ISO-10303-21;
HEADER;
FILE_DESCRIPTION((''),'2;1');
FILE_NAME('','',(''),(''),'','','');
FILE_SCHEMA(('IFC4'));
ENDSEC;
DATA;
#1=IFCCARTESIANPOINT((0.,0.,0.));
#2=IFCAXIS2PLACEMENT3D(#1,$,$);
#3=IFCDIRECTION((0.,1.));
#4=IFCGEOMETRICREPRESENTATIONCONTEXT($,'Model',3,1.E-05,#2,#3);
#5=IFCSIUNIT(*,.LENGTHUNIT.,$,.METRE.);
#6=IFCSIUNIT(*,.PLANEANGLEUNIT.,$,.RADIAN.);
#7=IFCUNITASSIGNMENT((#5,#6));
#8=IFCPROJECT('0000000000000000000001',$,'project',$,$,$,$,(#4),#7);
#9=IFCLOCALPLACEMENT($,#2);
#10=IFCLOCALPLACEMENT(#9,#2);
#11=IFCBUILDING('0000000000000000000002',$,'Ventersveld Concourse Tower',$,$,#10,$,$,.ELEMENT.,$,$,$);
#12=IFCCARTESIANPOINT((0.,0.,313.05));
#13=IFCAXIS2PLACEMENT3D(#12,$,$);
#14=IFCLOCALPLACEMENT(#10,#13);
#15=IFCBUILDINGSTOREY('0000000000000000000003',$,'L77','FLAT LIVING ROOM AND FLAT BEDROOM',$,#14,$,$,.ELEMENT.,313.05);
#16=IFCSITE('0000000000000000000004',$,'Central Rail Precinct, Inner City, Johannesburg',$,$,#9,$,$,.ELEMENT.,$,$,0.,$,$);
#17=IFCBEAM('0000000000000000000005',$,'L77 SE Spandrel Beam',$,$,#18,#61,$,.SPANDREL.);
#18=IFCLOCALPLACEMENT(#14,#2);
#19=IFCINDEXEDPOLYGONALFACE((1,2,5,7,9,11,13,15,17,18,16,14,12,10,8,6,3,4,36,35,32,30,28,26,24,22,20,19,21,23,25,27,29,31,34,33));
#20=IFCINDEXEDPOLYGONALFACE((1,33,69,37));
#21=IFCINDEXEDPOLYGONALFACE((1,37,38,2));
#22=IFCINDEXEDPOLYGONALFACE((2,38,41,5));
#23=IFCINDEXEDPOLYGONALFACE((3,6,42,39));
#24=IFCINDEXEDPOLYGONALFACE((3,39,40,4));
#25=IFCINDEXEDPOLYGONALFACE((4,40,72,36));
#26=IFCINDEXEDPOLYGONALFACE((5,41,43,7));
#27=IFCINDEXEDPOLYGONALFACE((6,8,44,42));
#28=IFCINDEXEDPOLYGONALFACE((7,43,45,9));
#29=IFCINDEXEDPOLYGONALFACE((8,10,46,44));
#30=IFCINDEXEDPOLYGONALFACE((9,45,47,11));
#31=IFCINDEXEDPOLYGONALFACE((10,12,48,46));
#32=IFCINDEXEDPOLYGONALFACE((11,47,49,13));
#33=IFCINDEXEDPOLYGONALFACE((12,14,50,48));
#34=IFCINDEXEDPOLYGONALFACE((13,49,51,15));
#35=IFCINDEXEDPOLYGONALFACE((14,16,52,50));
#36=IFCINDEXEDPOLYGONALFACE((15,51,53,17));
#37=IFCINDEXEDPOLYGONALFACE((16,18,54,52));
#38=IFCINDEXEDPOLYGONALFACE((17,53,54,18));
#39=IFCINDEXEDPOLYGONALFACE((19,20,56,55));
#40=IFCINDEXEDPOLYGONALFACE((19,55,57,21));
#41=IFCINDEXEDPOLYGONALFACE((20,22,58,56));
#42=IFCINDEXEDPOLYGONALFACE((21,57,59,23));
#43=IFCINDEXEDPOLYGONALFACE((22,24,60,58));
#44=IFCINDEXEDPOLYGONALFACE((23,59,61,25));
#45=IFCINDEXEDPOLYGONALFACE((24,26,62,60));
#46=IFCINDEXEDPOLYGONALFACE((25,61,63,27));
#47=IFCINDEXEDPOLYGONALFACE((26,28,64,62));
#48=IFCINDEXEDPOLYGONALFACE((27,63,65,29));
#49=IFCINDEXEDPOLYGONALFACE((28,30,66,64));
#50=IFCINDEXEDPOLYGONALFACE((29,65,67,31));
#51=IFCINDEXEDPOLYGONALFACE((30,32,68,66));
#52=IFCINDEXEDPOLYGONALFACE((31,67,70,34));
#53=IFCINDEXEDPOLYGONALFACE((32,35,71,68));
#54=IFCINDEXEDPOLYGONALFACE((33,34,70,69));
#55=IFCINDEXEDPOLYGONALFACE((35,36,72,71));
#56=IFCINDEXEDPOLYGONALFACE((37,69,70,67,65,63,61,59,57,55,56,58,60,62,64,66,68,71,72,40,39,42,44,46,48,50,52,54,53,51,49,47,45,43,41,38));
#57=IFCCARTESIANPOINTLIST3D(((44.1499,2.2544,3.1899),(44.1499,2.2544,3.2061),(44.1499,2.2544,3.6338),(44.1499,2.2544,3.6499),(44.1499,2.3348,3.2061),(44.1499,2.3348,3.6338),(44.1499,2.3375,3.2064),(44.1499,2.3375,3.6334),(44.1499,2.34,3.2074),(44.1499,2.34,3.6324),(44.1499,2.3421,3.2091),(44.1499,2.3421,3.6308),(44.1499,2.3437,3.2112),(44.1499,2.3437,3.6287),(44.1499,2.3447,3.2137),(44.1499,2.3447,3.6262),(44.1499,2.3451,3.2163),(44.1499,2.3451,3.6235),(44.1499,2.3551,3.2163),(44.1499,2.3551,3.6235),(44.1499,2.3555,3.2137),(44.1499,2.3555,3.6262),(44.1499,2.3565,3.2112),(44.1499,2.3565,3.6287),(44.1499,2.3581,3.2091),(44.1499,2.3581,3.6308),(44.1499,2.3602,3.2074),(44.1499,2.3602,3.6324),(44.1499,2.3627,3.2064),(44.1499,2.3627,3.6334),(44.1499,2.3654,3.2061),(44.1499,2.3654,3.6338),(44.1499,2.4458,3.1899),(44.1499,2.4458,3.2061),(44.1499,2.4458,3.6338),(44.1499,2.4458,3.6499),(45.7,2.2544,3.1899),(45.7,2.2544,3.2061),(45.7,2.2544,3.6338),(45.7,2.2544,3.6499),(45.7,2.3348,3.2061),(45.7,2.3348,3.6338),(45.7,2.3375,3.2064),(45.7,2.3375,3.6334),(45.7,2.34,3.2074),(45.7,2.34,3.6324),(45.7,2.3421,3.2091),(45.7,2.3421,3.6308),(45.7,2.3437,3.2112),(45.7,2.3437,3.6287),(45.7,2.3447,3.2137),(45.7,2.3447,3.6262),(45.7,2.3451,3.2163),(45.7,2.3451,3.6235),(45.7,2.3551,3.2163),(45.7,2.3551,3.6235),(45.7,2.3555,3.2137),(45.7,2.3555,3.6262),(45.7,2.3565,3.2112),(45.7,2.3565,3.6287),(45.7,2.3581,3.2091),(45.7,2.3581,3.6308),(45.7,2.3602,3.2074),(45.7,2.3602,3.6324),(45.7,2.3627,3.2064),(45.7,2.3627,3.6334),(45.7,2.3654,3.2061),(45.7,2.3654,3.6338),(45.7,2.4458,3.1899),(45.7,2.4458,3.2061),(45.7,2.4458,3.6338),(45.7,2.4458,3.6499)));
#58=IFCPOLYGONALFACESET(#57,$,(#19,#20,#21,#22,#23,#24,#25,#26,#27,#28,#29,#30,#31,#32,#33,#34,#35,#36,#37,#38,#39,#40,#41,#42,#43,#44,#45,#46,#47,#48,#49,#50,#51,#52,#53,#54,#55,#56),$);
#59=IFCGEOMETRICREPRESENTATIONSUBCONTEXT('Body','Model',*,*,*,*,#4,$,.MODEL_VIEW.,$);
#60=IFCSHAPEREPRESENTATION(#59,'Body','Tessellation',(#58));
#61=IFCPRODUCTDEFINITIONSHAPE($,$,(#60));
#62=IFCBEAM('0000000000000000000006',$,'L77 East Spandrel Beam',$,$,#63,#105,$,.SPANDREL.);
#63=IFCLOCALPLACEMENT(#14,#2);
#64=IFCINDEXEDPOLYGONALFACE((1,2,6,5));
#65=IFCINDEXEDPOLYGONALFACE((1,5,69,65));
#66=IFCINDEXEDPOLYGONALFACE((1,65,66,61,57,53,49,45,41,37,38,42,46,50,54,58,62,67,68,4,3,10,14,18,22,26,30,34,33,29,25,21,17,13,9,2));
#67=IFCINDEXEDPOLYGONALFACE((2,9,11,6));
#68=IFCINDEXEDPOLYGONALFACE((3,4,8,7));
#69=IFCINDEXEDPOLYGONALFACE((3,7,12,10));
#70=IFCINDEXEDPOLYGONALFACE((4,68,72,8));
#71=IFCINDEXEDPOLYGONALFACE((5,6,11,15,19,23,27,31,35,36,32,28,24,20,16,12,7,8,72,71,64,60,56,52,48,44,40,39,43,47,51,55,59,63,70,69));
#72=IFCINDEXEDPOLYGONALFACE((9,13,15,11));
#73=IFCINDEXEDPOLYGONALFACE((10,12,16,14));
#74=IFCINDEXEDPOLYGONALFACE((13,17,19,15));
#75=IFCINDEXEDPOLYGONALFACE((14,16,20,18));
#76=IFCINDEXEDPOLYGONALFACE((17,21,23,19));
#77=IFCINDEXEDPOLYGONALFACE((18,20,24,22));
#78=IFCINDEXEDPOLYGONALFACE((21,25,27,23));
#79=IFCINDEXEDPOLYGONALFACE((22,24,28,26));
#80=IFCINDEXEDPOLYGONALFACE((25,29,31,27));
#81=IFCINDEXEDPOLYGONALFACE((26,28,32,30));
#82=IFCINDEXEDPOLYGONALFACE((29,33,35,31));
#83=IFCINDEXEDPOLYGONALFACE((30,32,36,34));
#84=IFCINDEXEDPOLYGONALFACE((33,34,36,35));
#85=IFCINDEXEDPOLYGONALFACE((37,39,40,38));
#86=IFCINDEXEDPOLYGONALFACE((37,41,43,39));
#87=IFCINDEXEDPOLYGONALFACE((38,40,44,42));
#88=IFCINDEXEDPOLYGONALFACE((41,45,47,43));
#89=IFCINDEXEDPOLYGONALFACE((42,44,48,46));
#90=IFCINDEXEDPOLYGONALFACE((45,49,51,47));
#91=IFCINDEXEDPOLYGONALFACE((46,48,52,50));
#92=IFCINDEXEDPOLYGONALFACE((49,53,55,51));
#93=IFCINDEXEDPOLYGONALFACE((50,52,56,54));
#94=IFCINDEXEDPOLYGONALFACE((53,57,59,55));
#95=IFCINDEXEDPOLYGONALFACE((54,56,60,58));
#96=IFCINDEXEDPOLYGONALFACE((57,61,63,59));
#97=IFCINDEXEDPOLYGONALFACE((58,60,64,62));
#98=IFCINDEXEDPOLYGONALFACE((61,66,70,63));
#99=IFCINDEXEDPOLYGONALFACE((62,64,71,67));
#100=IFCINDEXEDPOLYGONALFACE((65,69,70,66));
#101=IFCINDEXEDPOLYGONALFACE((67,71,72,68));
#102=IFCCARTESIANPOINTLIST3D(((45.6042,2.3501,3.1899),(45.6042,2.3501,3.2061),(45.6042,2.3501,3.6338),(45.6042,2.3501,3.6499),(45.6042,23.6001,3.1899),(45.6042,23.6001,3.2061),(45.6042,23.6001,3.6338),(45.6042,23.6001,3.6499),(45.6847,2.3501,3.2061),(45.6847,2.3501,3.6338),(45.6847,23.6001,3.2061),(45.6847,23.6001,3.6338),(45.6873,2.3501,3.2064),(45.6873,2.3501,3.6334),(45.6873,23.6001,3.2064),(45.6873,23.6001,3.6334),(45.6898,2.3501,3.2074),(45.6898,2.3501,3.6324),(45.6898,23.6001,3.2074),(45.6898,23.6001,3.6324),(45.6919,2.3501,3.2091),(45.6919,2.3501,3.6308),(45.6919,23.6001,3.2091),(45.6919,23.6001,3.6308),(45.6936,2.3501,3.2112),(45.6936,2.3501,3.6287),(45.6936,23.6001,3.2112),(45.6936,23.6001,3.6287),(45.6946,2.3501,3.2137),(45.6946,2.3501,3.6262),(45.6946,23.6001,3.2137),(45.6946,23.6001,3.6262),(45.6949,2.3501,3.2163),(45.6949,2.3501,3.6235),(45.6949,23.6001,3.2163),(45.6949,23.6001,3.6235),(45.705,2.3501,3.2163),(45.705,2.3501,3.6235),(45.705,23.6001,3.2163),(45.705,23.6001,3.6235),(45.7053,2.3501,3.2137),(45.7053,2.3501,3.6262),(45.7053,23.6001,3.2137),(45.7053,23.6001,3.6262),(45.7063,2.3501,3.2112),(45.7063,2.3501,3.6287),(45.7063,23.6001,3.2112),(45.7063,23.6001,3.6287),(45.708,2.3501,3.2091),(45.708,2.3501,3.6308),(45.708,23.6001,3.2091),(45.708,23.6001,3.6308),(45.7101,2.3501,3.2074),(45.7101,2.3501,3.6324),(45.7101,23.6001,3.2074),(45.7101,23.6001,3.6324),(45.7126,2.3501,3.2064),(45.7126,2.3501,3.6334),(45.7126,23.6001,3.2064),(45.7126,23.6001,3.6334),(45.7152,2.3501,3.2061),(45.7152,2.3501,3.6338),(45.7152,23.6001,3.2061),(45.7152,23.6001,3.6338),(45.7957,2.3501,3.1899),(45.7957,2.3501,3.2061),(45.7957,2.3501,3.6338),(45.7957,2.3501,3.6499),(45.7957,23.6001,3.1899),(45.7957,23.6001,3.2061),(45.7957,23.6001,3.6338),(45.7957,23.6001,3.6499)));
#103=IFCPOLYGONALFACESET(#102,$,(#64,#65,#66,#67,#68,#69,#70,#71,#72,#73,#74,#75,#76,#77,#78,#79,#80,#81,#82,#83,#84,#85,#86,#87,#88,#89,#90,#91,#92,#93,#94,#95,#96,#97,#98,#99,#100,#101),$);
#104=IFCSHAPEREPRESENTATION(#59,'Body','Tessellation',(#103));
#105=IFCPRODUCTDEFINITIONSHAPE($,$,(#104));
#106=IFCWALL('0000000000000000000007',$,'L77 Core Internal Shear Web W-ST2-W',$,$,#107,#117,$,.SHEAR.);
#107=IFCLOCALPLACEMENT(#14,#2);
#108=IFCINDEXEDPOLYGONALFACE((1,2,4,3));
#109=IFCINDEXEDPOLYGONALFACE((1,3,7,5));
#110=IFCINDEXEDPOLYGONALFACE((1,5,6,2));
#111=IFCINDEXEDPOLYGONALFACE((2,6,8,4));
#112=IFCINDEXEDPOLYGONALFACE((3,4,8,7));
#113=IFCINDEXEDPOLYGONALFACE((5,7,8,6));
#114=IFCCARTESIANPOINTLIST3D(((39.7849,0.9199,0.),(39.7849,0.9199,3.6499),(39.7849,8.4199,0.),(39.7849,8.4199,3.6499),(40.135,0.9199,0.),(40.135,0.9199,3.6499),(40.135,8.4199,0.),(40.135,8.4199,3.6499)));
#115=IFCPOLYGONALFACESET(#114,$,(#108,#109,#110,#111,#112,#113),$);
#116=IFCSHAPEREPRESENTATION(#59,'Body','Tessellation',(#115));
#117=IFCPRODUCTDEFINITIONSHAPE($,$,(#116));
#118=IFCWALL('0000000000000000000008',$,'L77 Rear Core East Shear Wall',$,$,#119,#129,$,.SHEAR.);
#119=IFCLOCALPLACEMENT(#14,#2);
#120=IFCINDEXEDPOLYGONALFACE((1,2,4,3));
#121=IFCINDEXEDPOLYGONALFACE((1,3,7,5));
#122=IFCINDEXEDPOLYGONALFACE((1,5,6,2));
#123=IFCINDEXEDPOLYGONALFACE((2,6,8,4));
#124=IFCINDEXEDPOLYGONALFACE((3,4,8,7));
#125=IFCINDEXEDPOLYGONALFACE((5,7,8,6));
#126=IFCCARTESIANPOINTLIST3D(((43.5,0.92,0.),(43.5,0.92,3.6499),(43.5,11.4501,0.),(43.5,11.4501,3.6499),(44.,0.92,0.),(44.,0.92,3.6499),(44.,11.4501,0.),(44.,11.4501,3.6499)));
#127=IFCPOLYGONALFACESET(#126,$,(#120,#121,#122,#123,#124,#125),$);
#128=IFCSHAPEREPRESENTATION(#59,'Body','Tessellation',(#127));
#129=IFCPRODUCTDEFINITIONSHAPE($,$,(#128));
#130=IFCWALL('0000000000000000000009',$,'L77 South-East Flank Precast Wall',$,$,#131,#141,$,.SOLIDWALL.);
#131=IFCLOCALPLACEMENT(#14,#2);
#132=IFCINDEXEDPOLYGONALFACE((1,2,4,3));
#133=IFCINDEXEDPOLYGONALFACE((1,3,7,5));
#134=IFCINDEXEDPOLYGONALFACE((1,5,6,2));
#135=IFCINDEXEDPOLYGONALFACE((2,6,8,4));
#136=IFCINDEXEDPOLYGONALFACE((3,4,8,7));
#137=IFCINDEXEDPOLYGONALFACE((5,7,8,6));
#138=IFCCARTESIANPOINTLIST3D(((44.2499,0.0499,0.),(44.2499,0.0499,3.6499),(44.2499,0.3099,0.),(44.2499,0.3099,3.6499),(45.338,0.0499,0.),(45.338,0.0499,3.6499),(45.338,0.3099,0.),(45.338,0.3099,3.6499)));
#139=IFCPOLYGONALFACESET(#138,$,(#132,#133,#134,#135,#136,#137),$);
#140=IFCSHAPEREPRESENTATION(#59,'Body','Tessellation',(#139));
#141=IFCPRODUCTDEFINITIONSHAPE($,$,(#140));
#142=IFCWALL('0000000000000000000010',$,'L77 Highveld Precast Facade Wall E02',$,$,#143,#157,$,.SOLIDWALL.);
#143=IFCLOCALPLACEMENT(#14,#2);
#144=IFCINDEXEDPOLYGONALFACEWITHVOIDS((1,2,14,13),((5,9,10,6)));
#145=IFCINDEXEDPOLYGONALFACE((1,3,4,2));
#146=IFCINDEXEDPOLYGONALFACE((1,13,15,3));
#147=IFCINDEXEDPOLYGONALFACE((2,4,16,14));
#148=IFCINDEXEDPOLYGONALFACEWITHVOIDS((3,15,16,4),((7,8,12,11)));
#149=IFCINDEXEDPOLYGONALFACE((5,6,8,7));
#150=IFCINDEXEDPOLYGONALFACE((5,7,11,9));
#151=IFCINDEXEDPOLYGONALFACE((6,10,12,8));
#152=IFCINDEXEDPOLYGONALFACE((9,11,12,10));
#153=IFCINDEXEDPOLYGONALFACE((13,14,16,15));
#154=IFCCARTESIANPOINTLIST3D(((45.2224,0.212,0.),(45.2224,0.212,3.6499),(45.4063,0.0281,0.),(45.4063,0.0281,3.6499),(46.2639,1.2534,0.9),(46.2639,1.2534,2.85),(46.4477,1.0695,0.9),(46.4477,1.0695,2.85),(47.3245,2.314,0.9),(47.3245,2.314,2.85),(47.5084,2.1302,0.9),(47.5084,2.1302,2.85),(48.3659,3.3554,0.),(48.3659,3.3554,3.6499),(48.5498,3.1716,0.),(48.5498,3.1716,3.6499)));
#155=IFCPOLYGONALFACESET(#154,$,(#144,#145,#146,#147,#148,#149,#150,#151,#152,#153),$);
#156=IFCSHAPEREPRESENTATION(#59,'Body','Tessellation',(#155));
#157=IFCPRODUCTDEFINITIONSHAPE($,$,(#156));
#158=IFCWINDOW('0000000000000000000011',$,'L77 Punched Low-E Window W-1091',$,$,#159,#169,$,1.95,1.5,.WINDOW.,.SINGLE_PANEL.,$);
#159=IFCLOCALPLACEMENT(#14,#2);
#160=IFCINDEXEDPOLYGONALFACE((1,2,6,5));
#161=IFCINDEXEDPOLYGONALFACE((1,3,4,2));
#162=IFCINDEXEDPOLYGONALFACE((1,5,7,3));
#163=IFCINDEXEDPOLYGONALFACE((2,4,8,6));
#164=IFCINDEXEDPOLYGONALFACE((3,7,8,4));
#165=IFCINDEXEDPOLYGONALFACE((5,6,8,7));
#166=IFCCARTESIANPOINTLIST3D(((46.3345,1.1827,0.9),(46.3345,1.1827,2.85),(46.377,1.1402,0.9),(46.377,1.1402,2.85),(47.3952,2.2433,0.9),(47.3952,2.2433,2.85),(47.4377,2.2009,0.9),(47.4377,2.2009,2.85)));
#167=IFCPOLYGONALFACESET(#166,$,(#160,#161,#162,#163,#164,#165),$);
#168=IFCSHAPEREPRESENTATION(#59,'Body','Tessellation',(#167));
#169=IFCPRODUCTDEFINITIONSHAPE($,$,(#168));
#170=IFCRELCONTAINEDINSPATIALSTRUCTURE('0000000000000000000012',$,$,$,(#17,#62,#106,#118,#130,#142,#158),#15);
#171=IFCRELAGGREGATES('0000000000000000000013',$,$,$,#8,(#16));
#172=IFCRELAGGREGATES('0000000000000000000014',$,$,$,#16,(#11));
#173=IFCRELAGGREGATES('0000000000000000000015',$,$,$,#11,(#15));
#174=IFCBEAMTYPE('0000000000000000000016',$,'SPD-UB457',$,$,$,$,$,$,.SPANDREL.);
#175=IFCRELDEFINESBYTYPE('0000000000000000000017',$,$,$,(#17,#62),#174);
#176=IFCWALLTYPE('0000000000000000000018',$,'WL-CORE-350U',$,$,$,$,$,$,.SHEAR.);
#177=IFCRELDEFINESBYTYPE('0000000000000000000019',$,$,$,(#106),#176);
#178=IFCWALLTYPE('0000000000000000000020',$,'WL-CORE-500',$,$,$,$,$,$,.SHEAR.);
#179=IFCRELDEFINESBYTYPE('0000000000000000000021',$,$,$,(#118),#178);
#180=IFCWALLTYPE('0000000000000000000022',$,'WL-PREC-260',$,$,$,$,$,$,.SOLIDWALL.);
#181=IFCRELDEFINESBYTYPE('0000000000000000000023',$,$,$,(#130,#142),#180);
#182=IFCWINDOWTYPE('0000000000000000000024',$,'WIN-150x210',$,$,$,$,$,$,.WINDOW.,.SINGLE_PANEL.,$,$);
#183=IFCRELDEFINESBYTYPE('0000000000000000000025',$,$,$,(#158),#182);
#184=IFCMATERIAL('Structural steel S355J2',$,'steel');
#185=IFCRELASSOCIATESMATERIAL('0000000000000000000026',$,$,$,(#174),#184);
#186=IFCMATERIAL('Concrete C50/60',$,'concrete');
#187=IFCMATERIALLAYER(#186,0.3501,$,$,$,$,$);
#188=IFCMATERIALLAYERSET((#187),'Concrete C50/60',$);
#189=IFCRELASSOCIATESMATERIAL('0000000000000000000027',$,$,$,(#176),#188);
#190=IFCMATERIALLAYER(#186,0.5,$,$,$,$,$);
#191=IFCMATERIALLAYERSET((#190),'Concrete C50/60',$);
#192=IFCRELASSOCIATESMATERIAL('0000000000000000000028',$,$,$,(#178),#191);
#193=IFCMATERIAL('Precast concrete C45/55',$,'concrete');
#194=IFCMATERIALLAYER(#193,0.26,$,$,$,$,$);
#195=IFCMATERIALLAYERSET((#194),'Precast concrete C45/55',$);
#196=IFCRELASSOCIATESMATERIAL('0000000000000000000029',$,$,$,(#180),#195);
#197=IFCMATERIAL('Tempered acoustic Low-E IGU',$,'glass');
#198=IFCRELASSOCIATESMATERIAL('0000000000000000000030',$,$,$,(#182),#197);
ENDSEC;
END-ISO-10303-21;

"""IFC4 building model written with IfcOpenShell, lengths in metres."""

from ifc_helpers import new_model, si_unit, direction, frame, frame_2d, origin, origin_2d, place, context, subcontext, project, spatial, rectangle, i_section, extrude, material, layer, layer_set, material_profile, profile_set, type_object, element, fill, save


model = new_model("IFC4")

# Units and contexts
model_context = context("Model", 3, precision=1e-05, world=origin(), true_north=direction((0.0, 1.0)))
body_context = subcontext(model_context, "Body", "Model", "MODEL_VIEW")
ifc_project = project(units=[si_unit("LENGTHUNIT", "METRE"), si_unit("PLANEANGLEUNIT", "RADIAN")], contexts=[model_context])

# Site, building, storey
site_placement = place(None, origin())
site = spatial("IfcSite", under=ifc_project, at=site_placement, Name="Central Rail Precinct, Inner City, Johannesburg", CompositionType="ELEMENT", RefElevation=0.0)
building_placement = place(site_placement, origin())
building = spatial("IfcBuilding", under=site, at=building_placement, Name="Ventersveld Concourse Tower", CompositionType="ELEMENT")
storey_placement = place(building_placement, frame((0.0, 0.0, 313.05)))
storey = spatial("IfcBuildingStorey", under=building, at=storey_placement, Name="L77", Description="FLAT LIVING ROOM AND FLAT BEDROOM", CompositionType="ELEMENT", Elevation=313.05)

# Shared definitions
ifc_material_1 = material(Name="Concrete C50/60", Category="concrete")

# Shared definitions
ifc_material_2 = material(Name="Structural steel S355J2", Category="steel")

# Beams
ifc_material_profile_1 = material_profile(ifc_material_2, i_section(OverallWidth=0.1914, OverallDepth=0.46, WebThickness=0.01, FlangeThickness=0.0161, FilletRadius=0.0103, at=origin_2d()), Name="UB 457x191x82")
ifc_profile_set_1 = profile_set([ifc_material_profile_1], Name="Structural steel S355J2")
beam_type_1 = type_object("IfcBeamType", Name="SPD-UB457", PredefinedType="SPANDREL", material=ifc_profile_set_1)
beam_1_placement = place(storey_placement, frame((44.1499, 2.3501, 3.4199), z_axis=(1.0, 0.0, 0.0), x_axis=(0.0, 1.0, 0.0)))
element("IfcBeam", 1, at=beam_1_placement, inside=storey, type_object=beam_type_1, Name="L77 SE Spandrel Beam", PredefinedType="SPANDREL", context=body_context, shape_type="SweptSolid", body=[
    extrude(i_section(OverallWidth=0.1914, OverallDepth=0.46, WebThickness=0.01, FlangeThickness=0.0161, FilletRadius=0.0103, at=origin_2d()), origin(), (0.0, 0.0, 1.0), 1.55),
])
beam_2_placement = place(storey_placement, frame((45.7, 2.3501, 3.4199), z_axis=(0.0, 1.0, 0.0), x_axis=(-1.0, 0.0, 0.0)))
element("IfcBeam", 2, at=beam_2_placement, inside=storey, type_object=beam_type_1, Name="L77 East Spandrel Beam", PredefinedType="SPANDREL", context=body_context, shape_type="SweptSolid", body=[
    extrude(i_section(OverallWidth=0.1914, OverallDepth=0.46, WebThickness=0.01, FlangeThickness=0.0161, FilletRadius=0.0103, at=origin_2d()), origin(), (0.0, 0.0, 1.0), 21.25),
])

# Walls
ifc_layer_1 = layer(ifc_material_1, 0.3501)
ifc_layer_set_1 = layer_set([ifc_layer_1], Name="Concrete C50/60")
wall_type_1 = type_object("IfcWallType", Name="WL-CORE-350U", PredefinedType="SHEAR", material=ifc_layer_set_1)
wall_1_placement = place(storey_placement, frame((39.96, 0.9199, 0.0), z_axis=(0.0, 0.0, 1.0), x_axis=(0.0, 1.0, 0.0)))
element("IfcWall", 3, at=wall_1_placement, inside=storey, type_object=wall_type_1, Name="L77 Core Internal Shear Web W-ST2-W", PredefinedType="SHEAR", context=body_context, shape_type="SweptSolid", body=[
    extrude(rectangle(XDim=7.5, YDim=0.3501, at=frame_2d((3.75, 0.0))), origin(), (0.0, 0.0, 1.0), 3.6499),
])
ifc_layer_2 = layer(ifc_material_1, 0.5)
ifc_layer_set_2 = layer_set([ifc_layer_2], Name="Concrete C50/60")
wall_type_2 = type_object("IfcWallType", Name="WL-CORE-500", PredefinedType="SHEAR", material=ifc_layer_set_2)
wall_2_placement = place(storey_placement, frame((43.75, 0.9199, 0.0), z_axis=(0.0, 0.0, 1.0), x_axis=(0.0, 1.0, 0.0)))
element("IfcWall", 4, at=wall_2_placement, inside=storey, type_object=wall_type_2, Name="L77 Rear Core East Shear Wall", PredefinedType="SHEAR", context=body_context, shape_type="SweptSolid", body=[
    extrude(rectangle(XDim=10.53, YDim=0.5, at=frame_2d((5.2651, 0.0))), origin(), (0.0, 0.0, 1.0), 3.6499),
])
ifc_material_3 = material(Name="Precast concrete C45/55", Category="concrete")
ifc_layer_3 = layer(ifc_material_3, 0.26)
ifc_layer_set_3 = layer_set([ifc_layer_3], Name="Precast concrete C45/55")
wall_type_3 = type_object("IfcWallType", Name="WL-PREC-260", PredefinedType="SOLIDWALL", material=ifc_layer_set_3)
wall_3_placement = place(storey_placement, frame((44.25, 0.1799, 0.0), z_axis=(0.0, 0.0, 1.0), x_axis=(1.0, 0.0, 0.0)))
element("IfcWall", 5, at=wall_3_placement, inside=storey, type_object=wall_type_3, Name="L77 South-East Flank Precast Wall", PredefinedType="SOLIDWALL", context=body_context, shape_type="SweptSolid", body=[
    extrude(rectangle(XDim=1.0881, YDim=0.26, at=frame_2d((0.5439, 0.0))), origin(), (0.0, 0.0, 1.0), 3.6499),
])

# Wall, opening, window
wall_4_placement = place(storey_placement, frame((45.3145, 0.1201, 0.0), z_axis=(0.0, 0.0, 1.0), x_axis=(0.707107, 0.707107, 0.0)))
wall_4 = element("IfcWall", 6, at=wall_4_placement, inside=storey, type_object=wall_type_3, Name="L77 Highveld Precast Facade Wall E02", PredefinedType="SOLIDWALL", context=body_context, shape_type="SweptSolid", body=[
    extrude(rectangle(XDim=4.4456, YDim=0.26, at=frame_2d((2.2227, 0.0))), origin(), (0.0, 0.0, 1.0), 3.6499),
])
opening_1_placement = place(wall_4_placement, frame((1.4727, 0.0, 0.8999)))
opening_1 = element("IfcOpeningElement", 7, at=opening_1_placement, cuts=wall_4, PredefinedType="OPENING", context=body_context, shape_type="SweptSolid", body=[
    extrude(rectangle(XDim=1.5, YDim=1.95, at=frame_2d((0.75, 0.9751))), frame((0.0, 0.1401, 0.0), z_axis=(0.0, -1.0, 0.0), x_axis=(1.0, 0.0, 0.0)), (0.0, 0.0, 1.0), 0.28),
])
ifc_material_4 = material(Name="Tempered acoustic Low-E IGU", Category="glass")
window_type_1 = type_object("IfcWindowType", Name="WIN-150x210", PartitioningType="SINGLE_PANEL", PredefinedType="WINDOW", material=ifc_material_4)
window_1_placement = place(opening_1_placement, origin())
window_1 = element("IfcWindow", 8, at=window_1_placement, inside=storey, type_object=window_type_1, Name="L77 Punched Low-E Window W-1091", OverallHeight=1.95, OverallWidth=1.5, PartitioningType="SINGLE_PANEL", PredefinedType="WINDOW", context=body_context, shape_type="SweptSolid", body=[
    extrude(rectangle(XDim=1.5, YDim=1.95, at=frame_2d((0.75, 0.9751))), frame((0.0, 0.03, 0.0), z_axis=(0.0, -1.0, 0.0), x_axis=(1.0, 0.0, 0.0)), (0.0, 0.0, 1.0), 0.0601),
])
fill(opening_1, window_1)

save(model, "model.ifc")
